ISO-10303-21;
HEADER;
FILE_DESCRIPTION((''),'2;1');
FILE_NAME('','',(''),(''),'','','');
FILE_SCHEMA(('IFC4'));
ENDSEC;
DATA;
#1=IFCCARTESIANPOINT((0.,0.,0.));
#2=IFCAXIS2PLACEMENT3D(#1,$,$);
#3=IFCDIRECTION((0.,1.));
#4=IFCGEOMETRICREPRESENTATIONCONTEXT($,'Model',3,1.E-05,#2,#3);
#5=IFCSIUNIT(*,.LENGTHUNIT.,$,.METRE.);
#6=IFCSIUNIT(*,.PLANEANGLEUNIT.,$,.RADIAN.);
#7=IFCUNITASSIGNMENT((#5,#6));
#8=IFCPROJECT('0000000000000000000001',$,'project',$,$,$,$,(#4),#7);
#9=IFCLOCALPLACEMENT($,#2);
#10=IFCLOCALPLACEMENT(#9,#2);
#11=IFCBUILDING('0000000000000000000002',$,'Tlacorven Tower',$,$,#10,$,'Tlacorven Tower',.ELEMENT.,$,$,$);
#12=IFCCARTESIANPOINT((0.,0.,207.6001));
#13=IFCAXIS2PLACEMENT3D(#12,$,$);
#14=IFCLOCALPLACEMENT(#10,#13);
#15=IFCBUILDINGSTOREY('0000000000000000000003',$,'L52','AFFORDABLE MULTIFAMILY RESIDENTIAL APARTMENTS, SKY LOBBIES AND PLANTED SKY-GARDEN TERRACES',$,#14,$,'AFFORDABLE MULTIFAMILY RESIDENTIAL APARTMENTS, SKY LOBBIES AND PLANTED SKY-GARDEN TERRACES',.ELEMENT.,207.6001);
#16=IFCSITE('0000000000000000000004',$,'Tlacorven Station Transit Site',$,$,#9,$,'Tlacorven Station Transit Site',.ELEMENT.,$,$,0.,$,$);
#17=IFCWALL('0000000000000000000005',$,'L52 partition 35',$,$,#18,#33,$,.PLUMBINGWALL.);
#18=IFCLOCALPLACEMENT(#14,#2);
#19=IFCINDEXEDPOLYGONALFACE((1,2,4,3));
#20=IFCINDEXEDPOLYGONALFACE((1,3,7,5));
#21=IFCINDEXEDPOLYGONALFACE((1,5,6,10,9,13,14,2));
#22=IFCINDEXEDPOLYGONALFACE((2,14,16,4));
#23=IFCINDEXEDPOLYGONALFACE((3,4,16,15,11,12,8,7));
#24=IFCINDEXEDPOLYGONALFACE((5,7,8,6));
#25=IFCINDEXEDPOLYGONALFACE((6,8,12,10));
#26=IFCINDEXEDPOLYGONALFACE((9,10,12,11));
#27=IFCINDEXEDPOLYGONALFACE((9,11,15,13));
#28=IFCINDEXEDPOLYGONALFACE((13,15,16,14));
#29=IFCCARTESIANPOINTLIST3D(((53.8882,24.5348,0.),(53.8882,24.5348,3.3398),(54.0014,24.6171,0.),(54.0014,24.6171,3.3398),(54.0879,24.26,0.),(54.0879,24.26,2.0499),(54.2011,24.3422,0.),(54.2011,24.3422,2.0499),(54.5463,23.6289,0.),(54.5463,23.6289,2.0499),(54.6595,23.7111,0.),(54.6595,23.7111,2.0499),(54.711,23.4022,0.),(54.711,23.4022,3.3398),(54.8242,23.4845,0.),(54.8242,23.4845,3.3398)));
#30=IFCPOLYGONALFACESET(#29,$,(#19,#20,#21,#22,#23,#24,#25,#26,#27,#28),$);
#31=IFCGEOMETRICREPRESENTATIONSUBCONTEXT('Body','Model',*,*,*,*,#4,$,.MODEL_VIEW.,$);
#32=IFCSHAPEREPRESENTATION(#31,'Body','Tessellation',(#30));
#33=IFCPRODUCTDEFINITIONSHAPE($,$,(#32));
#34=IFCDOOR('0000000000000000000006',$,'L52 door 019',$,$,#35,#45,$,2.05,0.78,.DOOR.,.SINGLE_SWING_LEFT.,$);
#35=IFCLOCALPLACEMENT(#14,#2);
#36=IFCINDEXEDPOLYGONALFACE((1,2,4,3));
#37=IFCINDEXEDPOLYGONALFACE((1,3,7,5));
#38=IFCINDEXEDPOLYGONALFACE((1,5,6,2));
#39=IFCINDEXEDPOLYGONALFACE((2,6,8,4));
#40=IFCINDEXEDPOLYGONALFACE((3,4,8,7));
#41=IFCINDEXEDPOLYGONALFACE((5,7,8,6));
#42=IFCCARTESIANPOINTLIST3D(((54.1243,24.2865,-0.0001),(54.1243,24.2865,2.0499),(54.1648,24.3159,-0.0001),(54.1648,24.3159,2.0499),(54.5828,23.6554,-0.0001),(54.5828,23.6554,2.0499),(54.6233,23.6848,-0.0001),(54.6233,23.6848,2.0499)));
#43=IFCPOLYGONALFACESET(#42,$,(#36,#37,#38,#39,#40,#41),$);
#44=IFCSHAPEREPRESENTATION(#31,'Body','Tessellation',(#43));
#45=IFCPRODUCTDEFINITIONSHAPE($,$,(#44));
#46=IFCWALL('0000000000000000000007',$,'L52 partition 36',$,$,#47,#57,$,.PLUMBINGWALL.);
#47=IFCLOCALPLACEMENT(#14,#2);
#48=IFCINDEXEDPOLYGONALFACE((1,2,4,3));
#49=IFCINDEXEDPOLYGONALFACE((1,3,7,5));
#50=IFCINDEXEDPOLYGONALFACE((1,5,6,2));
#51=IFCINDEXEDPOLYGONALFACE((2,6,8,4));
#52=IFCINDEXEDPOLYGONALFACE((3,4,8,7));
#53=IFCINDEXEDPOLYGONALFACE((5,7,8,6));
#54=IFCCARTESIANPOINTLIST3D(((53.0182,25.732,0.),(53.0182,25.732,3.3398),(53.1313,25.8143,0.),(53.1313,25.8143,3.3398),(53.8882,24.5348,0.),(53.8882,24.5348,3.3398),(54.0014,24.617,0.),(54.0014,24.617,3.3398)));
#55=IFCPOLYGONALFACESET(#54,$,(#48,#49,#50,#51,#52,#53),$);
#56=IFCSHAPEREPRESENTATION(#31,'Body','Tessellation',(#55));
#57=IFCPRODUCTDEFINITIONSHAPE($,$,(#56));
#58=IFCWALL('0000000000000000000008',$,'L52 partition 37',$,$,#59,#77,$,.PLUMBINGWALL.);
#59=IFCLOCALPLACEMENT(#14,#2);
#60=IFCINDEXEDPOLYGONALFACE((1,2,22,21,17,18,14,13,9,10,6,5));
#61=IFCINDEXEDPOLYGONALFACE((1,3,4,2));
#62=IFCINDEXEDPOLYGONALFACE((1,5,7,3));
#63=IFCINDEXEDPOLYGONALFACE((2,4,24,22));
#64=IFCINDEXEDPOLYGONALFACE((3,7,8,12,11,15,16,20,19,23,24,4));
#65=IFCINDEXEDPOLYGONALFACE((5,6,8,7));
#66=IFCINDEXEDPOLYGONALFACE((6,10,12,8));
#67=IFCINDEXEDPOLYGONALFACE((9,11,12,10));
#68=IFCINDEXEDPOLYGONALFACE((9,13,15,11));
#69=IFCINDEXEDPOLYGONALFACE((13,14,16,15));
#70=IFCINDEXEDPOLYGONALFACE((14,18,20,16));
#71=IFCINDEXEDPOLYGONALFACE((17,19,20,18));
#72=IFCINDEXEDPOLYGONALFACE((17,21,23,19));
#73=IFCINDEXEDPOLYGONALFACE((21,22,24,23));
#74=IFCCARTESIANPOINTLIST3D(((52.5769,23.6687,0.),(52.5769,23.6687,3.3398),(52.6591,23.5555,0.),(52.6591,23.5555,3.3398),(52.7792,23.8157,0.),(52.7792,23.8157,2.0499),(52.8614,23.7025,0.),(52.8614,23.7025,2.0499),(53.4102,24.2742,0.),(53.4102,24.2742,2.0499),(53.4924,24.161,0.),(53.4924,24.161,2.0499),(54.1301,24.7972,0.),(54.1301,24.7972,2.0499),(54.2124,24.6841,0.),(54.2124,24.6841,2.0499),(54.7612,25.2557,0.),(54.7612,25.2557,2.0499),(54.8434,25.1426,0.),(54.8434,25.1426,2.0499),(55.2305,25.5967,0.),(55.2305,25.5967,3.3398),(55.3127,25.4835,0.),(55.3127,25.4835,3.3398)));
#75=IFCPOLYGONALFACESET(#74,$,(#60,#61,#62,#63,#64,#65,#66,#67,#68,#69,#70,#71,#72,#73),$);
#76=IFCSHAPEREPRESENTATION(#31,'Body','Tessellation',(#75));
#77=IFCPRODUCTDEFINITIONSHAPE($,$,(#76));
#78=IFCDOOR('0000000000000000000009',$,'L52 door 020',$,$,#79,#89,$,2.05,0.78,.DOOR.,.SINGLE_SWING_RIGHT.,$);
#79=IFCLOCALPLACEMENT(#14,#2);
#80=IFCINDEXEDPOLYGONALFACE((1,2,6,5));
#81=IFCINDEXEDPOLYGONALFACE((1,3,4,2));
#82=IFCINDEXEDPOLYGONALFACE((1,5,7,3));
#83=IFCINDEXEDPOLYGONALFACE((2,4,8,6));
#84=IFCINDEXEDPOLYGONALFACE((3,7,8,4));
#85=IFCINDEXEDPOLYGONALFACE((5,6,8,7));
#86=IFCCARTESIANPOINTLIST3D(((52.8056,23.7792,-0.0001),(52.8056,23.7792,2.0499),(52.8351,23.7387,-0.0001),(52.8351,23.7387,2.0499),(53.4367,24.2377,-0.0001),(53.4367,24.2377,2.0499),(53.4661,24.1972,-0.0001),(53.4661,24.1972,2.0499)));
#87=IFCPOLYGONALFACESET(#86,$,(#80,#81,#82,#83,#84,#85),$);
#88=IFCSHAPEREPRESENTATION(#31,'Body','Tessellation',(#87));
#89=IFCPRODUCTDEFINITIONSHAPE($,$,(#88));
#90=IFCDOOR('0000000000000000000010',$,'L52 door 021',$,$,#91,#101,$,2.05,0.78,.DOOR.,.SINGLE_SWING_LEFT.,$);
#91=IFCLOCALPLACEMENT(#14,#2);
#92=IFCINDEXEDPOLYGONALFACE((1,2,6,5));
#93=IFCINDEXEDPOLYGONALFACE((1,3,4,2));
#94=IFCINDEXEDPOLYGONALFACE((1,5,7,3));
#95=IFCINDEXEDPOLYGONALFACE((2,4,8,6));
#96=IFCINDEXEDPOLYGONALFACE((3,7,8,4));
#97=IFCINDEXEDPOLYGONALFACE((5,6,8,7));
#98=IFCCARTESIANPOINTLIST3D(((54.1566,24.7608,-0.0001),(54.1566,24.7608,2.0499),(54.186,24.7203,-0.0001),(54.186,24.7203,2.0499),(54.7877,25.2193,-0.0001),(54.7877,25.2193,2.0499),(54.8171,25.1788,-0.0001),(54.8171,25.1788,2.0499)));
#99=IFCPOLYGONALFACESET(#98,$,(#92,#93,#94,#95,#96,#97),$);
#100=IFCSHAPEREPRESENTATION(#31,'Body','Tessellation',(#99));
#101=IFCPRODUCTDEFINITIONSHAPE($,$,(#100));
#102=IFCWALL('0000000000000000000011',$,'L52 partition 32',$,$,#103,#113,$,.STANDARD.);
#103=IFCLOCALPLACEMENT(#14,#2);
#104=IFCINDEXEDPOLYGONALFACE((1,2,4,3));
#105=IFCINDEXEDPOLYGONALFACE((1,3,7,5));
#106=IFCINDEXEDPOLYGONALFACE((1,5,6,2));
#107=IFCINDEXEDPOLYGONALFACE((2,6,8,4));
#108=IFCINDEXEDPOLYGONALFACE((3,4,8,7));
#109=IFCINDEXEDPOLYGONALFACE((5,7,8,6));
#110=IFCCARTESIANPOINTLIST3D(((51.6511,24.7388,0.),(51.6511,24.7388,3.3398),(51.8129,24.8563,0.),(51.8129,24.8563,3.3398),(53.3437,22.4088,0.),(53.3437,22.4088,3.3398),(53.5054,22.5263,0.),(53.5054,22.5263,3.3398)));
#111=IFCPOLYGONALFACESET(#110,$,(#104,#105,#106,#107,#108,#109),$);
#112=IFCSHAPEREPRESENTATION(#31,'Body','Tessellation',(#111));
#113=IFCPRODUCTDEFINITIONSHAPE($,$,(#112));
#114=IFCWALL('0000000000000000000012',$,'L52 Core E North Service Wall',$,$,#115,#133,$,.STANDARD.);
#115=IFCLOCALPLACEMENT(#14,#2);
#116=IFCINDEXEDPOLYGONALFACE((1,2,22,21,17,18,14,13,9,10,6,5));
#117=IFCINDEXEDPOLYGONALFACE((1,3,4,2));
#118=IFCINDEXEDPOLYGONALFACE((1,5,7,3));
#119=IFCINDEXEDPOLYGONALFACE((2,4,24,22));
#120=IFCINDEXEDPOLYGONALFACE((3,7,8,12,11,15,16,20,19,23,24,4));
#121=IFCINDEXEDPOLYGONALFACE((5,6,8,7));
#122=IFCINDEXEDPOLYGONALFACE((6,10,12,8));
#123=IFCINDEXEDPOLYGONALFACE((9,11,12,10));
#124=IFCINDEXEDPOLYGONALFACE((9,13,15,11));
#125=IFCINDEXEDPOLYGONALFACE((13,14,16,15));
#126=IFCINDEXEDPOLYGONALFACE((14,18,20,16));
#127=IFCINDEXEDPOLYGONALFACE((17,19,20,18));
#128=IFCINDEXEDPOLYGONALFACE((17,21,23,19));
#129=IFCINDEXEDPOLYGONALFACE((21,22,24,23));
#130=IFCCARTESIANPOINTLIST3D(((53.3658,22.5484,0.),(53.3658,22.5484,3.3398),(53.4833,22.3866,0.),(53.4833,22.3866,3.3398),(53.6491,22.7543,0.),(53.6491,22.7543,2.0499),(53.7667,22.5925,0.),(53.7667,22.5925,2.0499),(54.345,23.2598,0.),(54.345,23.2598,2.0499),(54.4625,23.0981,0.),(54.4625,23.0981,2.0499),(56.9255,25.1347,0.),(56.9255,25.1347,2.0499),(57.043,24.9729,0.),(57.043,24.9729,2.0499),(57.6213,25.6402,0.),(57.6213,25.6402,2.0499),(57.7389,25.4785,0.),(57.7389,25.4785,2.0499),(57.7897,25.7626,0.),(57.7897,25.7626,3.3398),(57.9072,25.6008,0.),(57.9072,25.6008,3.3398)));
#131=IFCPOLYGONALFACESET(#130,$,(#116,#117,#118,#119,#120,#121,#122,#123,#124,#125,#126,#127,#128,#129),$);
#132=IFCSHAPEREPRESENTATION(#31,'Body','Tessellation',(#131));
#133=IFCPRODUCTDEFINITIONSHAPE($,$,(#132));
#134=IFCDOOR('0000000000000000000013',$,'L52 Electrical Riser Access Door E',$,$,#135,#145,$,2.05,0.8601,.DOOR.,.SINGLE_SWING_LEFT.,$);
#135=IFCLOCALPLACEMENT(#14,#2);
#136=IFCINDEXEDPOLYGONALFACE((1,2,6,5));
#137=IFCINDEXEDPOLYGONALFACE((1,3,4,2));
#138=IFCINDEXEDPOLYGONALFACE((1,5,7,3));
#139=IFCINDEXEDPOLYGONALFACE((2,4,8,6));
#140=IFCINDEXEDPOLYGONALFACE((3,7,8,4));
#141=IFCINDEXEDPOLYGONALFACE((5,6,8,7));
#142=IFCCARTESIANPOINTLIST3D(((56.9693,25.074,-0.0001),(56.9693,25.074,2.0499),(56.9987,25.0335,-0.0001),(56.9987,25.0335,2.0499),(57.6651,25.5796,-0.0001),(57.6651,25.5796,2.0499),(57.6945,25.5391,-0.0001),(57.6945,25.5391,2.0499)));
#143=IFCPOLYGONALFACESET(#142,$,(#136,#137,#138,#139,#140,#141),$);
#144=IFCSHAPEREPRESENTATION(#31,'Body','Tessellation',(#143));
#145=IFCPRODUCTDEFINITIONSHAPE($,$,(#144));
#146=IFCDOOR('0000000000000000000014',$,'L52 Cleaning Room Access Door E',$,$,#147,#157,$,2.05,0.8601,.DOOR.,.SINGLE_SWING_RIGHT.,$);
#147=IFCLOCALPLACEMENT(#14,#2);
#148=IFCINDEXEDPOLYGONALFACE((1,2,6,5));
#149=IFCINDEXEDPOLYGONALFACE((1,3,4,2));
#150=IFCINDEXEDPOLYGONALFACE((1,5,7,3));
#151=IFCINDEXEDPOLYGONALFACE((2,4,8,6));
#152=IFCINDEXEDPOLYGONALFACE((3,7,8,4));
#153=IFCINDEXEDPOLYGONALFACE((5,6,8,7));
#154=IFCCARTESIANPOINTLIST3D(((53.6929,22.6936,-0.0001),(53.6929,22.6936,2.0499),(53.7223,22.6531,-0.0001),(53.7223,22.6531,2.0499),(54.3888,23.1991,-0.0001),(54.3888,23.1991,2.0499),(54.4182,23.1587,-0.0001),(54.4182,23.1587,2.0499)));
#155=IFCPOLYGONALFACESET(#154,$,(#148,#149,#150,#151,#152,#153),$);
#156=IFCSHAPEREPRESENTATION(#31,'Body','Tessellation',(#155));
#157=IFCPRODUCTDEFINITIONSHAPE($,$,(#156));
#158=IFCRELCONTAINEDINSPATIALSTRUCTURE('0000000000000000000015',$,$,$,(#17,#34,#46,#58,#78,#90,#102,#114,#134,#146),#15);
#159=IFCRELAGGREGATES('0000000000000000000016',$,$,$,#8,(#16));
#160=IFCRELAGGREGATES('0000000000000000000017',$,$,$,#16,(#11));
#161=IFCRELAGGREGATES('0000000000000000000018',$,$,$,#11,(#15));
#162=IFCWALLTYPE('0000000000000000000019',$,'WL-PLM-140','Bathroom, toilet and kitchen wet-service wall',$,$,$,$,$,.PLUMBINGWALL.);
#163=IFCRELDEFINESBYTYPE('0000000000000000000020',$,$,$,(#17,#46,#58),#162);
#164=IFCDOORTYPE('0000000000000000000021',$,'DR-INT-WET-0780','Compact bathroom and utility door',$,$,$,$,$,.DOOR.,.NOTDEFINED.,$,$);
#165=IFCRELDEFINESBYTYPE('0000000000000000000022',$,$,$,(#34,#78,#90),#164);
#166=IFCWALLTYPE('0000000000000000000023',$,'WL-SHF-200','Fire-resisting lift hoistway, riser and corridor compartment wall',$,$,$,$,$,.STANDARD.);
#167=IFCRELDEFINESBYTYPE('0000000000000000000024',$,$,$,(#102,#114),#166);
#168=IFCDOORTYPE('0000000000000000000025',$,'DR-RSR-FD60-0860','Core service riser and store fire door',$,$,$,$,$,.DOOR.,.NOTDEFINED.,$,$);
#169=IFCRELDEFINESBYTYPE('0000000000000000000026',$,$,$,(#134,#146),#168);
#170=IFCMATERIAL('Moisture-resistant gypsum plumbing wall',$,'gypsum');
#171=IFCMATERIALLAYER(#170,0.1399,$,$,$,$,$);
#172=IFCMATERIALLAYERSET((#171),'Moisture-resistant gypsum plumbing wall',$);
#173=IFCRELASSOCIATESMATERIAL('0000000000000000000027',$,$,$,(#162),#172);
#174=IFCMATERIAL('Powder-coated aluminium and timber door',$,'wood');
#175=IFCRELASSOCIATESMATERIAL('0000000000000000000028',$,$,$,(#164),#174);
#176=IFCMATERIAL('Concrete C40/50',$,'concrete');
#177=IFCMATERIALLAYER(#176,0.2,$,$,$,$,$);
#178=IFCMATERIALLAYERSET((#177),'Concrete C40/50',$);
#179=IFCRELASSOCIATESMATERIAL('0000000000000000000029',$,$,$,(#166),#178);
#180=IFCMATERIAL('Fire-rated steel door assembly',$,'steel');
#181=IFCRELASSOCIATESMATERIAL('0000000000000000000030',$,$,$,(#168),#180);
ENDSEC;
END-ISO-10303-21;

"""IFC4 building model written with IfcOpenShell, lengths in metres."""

from ifc_helpers import new_model, si_unit, direction, frame, frame_2d, origin, place, context, subcontext, project, spatial, rectangle, extrude, source, transform, mapped, material, layer, layer_set, type_object, element, fill, save


model = new_model("IFC4")

# Units and contexts
model_context = context("Model", 3, precision=1e-05, world=origin(), true_north=direction((0.0, 1.0)))
body_context = subcontext(model_context, "Body", "Model", "MODEL_VIEW")
ifc_project = project(units=[si_unit("LENGTHUNIT", "METRE"), si_unit("PLANEANGLEUNIT", "RADIAN")], contexts=[model_context])

# Site, building, storey
site_placement = place(None, origin())
site = spatial("IfcSite", under=ifc_project, at=site_placement, Name="Tlacorven Station Transit Site", LongName="Tlacorven Station Transit Site", CompositionType="ELEMENT", RefElevation=0.0)
building_placement = place(site_placement, origin())
building = spatial("IfcBuilding", under=site, at=building_placement, Name="Tlacorven Tower", LongName="Tlacorven Tower", CompositionType="ELEMENT")
storey_placement = place(building_placement, frame((0.0, 0.0, 207.6001)))
storey = spatial("IfcBuildingStorey", under=building, at=storey_placement, Name="L52", Description="AFFORDABLE MULTIFAMILY RESIDENTIAL APARTMENTS, SKY LOBBIES AND PLANTED SKY-GARDEN TERRACES", LongName="AFFORDABLE MULTIFAMILY RESIDENTIAL APARTMENTS, SKY LOBBIES AND PLANTED SKY-GARDEN TERRACES", CompositionType="ELEMENT", Elevation=207.6001)

# Wall, opening, door
ifc_material_1 = material(Name="Moisture-resistant gypsum plumbing wall", Category="gypsum")
ifc_layer_1 = layer(ifc_material_1, 0.1399)
ifc_layer_set_1 = layer_set([ifc_layer_1], Name="Moisture-resistant gypsum plumbing wall")
wall_type_1 = type_object("IfcWallType", Name="WL-PLM-140", Description="Bathroom, toilet and kitchen wet-service wall", PredefinedType="PLUMBINGWALL", material=ifc_layer_set_1)
wall_1_placement = place(storey_placement, frame((54.7676, 23.4434, 0.0), z_axis=(0.0, 0.0, 1.0), x_axis=(-0.587736, 0.809053, 0.0)))
wall_1 = element("IfcWall", 1, at=wall_1_placement, inside=storey, type_object=wall_type_1, Name="L52 partition 35", PredefinedType="PLUMBINGWALL", context=body_context, shape_type="SweptSolid", body=[
    extrude(rectangle(XDim=1.3999, YDim=0.1399, at=frame_2d((0.7, 0.0))), origin(), (0.0, 0.0, 1.0), 3.3398),
])
opening_1_placement = place(wall_1_placement, frame((0.28, 0.0, 0.0)))
opening_1 = element("IfcOpeningElement", 2, at=opening_1_placement, cuts=wall_1, PredefinedType="OPENING", context=body_context, shape_type="SweptSolid", body=[
    extrude(rectangle(XDim=0.78, YDim=2.05, at=frame_2d((0.3901, 1.0249))), frame((0.0, 0.0801, 0.0), z_axis=(0.0, -1.0, 0.0), x_axis=(1.0, 0.0, 0.0)), (0.0, 0.0, 1.0), 0.1599),
])
ifc_material_2 = material(Name="Powder-coated aluminium and timber door", Category="wood")
door_type_1 = type_object("IfcDoorType", Name="DR-INT-WET-0780", Description="Compact bathroom and utility door", OperationType="NOTDEFINED", PredefinedType="DOOR", material=ifc_material_2)
shared_shape_1 = source(origin(), body_context, "Body", "SweptSolid", [
    extrude(rectangle(XDim=0.78, YDim=2.05, at=frame_2d((0.3901, 1.0249))), frame((0.0, 0.0249, 0.0), z_axis=(0.0, -1.0, 0.0), x_axis=(1.0, 0.0, 0.0)), (0.0, 0.0, 1.0), 0.05),
])
door_1_placement = place(opening_1_placement, origin())
door_1 = element("IfcDoor", 3, at=door_1_placement, inside=storey, type_object=door_type_1, Name="L52 door 019", OperationType="SINGLE_SWING_LEFT", OverallHeight=2.05, OverallWidth=0.78, PredefinedType="DOOR", context=body_context, shape_type="MappedRepresentation", body=[
    mapped(shared_shape_1, transform((0.0, 0.0, 0.0), scale=1.0)),
])
fill(opening_1, door_1)

# Wall
wall_2_placement = place(storey_placement, frame((53.9448, 24.5759, 0.0), z_axis=(0.0, 0.0, 1.0), x_axis=(-0.587897, 0.808936, 0.0)))
element("IfcWall", 4, at=wall_2_placement, inside=storey, type_object=wall_type_1, Name="L52 partition 36", PredefinedType="PLUMBINGWALL", context=body_context, shape_type="SweptSolid", body=[
    extrude(rectangle(XDim=1.48, YDim=0.1399, at=frame_2d((0.74, 0.0))), origin(), (0.0, 0.0, 1.0), 3.3398),
])

# Wall, openings, doors
wall_3_placement = place(storey_placement, frame((52.6179, 23.6121, 0.0), z_axis=(0.0, 0.0, 1.0), x_axis=(0.80901, 0.587795, 0.0)))
wall_3 = element("IfcWall", 5, at=wall_3_placement, inside=storey, type_object=wall_type_1, Name="L52 partition 37", PredefinedType="PLUMBINGWALL", context=body_context, shape_type="SweptSolid", body=[
    extrude(rectangle(XDim=3.28, YDim=0.1399, at=frame_2d((1.6401, 0.0))), origin(), (0.0, 0.0, 1.0), 3.3398),
])
opening_2_placement = place(wall_3_placement, frame((0.25, 0.0, 0.0)))
opening_2 = element("IfcOpeningElement", 6, at=opening_2_placement, cuts=wall_3, PredefinedType="OPENING", context=body_context, shape_type="SweptSolid", body=[
    extrude(rectangle(XDim=0.78, YDim=2.05, at=frame_2d((0.3901, 1.0249))), frame((0.0, 0.0801, 0.0), z_axis=(0.0, -1.0, 0.0), x_axis=(1.0, 0.0, 0.0)), (0.0, 0.0, 1.0), 0.1599),
])
opening_3_placement = place(wall_3_placement, frame((1.9199, 0.0, 0.0)))
opening_3 = element("IfcOpeningElement", 7, at=opening_3_placement, cuts=wall_3, PredefinedType="OPENING", context=body_context, shape_type="SweptSolid", body=[
    extrude(rectangle(XDim=0.78, YDim=2.05, at=frame_2d((0.3901, 1.0249))), frame((0.0, 0.0801, 0.0), z_axis=(0.0, -1.0, 0.0), x_axis=(1.0, 0.0, 0.0)), (0.0, 0.0, 1.0), 0.1599),
])
door_2_placement = place(opening_2_placement, origin())
door_2 = element("IfcDoor", 8, at=door_2_placement, inside=storey, type_object=door_type_1, Name="L52 door 020", OperationType="SINGLE_SWING_RIGHT", OverallHeight=2.05, OverallWidth=0.78, PredefinedType="DOOR", context=body_context, shape_type="MappedRepresentation", body=[
    mapped(shared_shape_1, transform((0.0, 0.0, 0.0), scale=1.0)),
])
fill(opening_2, door_2)
door_3_placement = place(opening_3_placement, origin())
door_3 = element("IfcDoor", 9, at=door_3_placement, inside=storey, type_object=door_type_1, Name="L52 door 021", OperationType="SINGLE_SWING_LEFT", OverallHeight=2.05, OverallWidth=0.78, PredefinedType="DOOR", context=body_context, shape_type="MappedRepresentation", body=[
    mapped(shared_shape_1, transform((0.0, 0.0, 0.0), scale=1.0)),
])
fill(opening_3, door_3)

# Wall
ifc_material_3 = material(Name="Concrete C40/50", Category="concrete")
ifc_layer_2 = layer(ifc_material_3, 0.2)
ifc_layer_set_2 = layer_set([ifc_layer_2], Name="Concrete C40/50")
wall_type_2 = type_object("IfcWallType", Name="WL-SHF-200", Description="Fire-resisting lift hoistway, riser and corridor compartment wall", PredefinedType="STANDARD", material=ifc_layer_set_2)
wall_4_placement = place(storey_placement, frame((53.4246, 22.4675, 0.0), z_axis=(0.0, 0.0, 1.0), x_axis=(-0.587723, 0.809062, 0.0)))
element("IfcWall", 10, at=wall_4_placement, inside=storey, type_object=wall_type_2, Name="L52 partition 32", PredefinedType="STANDARD", context=body_context, shape_type="SweptSolid", body=[
    extrude(rectangle(XDim=2.8799, YDim=0.2, at=frame_2d((1.4399, 0.0))), origin(), (0.0, 0.0, 1.0), 3.3398),
])

# Wall, openings, doors
wall_5_placement = place(storey_placement, frame((53.4246, 22.4675, 0.0), z_axis=(0.0, 0.0, 1.0), x_axis=(0.809016, 0.587787, 0.0)))
wall_5 = element("IfcWall", 11, at=wall_5_placement, inside=storey, type_object=wall_type_2, Name="L52 Core E North Service Wall", PredefinedType="STANDARD", context=body_context, shape_type="SweptSolid", body=[
    extrude(rectangle(XDim=5.4683, YDim=0.2, at=frame_2d((2.7341, 0.0))), origin(), (0.0, 0.0, 1.0), 3.3398),
])
opening_4_placement = place(wall_5_placement, frame((4.3999, 0.0, 0.0)))
opening_4 = element("IfcOpeningElement", 12, at=opening_4_placement, cuts=wall_5, PredefinedType="OPENING", context=body_context, shape_type="SweptSolid", body=[
    extrude(rectangle(XDim=0.8601, YDim=2.05, at=frame_2d((0.4302, 1.0249))), frame((0.0, 0.1099, 0.0), z_axis=(0.0, -1.0, 0.0), x_axis=(1.0, 0.0, 0.0)), (0.0, 0.0, 1.0), 0.22),
])
opening_5_placement = place(wall_5_placement, frame((0.3501, 0.0, 0.0)))
opening_5 = element("IfcOpeningElement", 13, at=opening_5_placement, cuts=wall_5, PredefinedType="OPENING", context=body_context, shape_type="SweptSolid", body=[
    extrude(rectangle(XDim=0.8601, YDim=2.05, at=frame_2d((0.4302, 1.0249))), frame((0.0, 0.1099, 0.0), z_axis=(0.0, -1.0, 0.0), x_axis=(1.0, 0.0, 0.0)), (0.0, 0.0, 1.0), 0.22),
])
ifc_material_4 = material(Name="Fire-rated steel door assembly", Category="steel")
door_type_2 = type_object("IfcDoorType", Name="DR-RSR-FD60-0860", Description="Core service riser and store fire door", OperationType="NOTDEFINED", PredefinedType="DOOR", material=ifc_material_4)
shared_shape_2 = source(origin(), body_context, "Body", "SweptSolid", [
    extrude(rectangle(XDim=0.8601, YDim=2.05, at=frame_2d((0.4302, 1.0249))), frame((0.0, 0.0249, 0.0), z_axis=(0.0, -1.0, 0.0), x_axis=(1.0, 0.0, 0.0)), (0.0, 0.0, 1.0), 0.05),
])
door_4_placement = place(opening_4_placement, frame((0.8601, 0.0, 0.0), z_axis=(0.0, 0.0, 1.0), x_axis=(-1.0, 0.0, 0.0)))
door_4 = element("IfcDoor", 14, at=door_4_placement, inside=storey, type_object=door_type_2, Name="L52 Electrical Riser Access Door E", OperationType="SINGLE_SWING_LEFT", OverallHeight=2.05, OverallWidth=0.8601, PredefinedType="DOOR", context=body_context, shape_type="MappedRepresentation", body=[
    mapped(shared_shape_2, transform((0.0, 0.0, 0.0), scale=1.0)),
])
fill(opening_4, door_4)
door_5_placement = place(opening_5_placement, frame((0.8601, 0.0, 0.0), z_axis=(0.0, 0.0, 1.0), x_axis=(-1.0, 0.0, 0.0)))
door_5 = element("IfcDoor", 15, at=door_5_placement, inside=storey, type_object=door_type_2, Name="L52 Cleaning Room Access Door E", OperationType="SINGLE_SWING_RIGHT", OverallHeight=2.05, OverallWidth=0.8601, PredefinedType="DOOR", context=body_context, shape_type="MappedRepresentation", body=[
    mapped(shared_shape_2, transform((0.0, 0.0, 0.0), scale=1.0)),
])
fill(opening_5, door_5)

save(model, "model.ifc")
